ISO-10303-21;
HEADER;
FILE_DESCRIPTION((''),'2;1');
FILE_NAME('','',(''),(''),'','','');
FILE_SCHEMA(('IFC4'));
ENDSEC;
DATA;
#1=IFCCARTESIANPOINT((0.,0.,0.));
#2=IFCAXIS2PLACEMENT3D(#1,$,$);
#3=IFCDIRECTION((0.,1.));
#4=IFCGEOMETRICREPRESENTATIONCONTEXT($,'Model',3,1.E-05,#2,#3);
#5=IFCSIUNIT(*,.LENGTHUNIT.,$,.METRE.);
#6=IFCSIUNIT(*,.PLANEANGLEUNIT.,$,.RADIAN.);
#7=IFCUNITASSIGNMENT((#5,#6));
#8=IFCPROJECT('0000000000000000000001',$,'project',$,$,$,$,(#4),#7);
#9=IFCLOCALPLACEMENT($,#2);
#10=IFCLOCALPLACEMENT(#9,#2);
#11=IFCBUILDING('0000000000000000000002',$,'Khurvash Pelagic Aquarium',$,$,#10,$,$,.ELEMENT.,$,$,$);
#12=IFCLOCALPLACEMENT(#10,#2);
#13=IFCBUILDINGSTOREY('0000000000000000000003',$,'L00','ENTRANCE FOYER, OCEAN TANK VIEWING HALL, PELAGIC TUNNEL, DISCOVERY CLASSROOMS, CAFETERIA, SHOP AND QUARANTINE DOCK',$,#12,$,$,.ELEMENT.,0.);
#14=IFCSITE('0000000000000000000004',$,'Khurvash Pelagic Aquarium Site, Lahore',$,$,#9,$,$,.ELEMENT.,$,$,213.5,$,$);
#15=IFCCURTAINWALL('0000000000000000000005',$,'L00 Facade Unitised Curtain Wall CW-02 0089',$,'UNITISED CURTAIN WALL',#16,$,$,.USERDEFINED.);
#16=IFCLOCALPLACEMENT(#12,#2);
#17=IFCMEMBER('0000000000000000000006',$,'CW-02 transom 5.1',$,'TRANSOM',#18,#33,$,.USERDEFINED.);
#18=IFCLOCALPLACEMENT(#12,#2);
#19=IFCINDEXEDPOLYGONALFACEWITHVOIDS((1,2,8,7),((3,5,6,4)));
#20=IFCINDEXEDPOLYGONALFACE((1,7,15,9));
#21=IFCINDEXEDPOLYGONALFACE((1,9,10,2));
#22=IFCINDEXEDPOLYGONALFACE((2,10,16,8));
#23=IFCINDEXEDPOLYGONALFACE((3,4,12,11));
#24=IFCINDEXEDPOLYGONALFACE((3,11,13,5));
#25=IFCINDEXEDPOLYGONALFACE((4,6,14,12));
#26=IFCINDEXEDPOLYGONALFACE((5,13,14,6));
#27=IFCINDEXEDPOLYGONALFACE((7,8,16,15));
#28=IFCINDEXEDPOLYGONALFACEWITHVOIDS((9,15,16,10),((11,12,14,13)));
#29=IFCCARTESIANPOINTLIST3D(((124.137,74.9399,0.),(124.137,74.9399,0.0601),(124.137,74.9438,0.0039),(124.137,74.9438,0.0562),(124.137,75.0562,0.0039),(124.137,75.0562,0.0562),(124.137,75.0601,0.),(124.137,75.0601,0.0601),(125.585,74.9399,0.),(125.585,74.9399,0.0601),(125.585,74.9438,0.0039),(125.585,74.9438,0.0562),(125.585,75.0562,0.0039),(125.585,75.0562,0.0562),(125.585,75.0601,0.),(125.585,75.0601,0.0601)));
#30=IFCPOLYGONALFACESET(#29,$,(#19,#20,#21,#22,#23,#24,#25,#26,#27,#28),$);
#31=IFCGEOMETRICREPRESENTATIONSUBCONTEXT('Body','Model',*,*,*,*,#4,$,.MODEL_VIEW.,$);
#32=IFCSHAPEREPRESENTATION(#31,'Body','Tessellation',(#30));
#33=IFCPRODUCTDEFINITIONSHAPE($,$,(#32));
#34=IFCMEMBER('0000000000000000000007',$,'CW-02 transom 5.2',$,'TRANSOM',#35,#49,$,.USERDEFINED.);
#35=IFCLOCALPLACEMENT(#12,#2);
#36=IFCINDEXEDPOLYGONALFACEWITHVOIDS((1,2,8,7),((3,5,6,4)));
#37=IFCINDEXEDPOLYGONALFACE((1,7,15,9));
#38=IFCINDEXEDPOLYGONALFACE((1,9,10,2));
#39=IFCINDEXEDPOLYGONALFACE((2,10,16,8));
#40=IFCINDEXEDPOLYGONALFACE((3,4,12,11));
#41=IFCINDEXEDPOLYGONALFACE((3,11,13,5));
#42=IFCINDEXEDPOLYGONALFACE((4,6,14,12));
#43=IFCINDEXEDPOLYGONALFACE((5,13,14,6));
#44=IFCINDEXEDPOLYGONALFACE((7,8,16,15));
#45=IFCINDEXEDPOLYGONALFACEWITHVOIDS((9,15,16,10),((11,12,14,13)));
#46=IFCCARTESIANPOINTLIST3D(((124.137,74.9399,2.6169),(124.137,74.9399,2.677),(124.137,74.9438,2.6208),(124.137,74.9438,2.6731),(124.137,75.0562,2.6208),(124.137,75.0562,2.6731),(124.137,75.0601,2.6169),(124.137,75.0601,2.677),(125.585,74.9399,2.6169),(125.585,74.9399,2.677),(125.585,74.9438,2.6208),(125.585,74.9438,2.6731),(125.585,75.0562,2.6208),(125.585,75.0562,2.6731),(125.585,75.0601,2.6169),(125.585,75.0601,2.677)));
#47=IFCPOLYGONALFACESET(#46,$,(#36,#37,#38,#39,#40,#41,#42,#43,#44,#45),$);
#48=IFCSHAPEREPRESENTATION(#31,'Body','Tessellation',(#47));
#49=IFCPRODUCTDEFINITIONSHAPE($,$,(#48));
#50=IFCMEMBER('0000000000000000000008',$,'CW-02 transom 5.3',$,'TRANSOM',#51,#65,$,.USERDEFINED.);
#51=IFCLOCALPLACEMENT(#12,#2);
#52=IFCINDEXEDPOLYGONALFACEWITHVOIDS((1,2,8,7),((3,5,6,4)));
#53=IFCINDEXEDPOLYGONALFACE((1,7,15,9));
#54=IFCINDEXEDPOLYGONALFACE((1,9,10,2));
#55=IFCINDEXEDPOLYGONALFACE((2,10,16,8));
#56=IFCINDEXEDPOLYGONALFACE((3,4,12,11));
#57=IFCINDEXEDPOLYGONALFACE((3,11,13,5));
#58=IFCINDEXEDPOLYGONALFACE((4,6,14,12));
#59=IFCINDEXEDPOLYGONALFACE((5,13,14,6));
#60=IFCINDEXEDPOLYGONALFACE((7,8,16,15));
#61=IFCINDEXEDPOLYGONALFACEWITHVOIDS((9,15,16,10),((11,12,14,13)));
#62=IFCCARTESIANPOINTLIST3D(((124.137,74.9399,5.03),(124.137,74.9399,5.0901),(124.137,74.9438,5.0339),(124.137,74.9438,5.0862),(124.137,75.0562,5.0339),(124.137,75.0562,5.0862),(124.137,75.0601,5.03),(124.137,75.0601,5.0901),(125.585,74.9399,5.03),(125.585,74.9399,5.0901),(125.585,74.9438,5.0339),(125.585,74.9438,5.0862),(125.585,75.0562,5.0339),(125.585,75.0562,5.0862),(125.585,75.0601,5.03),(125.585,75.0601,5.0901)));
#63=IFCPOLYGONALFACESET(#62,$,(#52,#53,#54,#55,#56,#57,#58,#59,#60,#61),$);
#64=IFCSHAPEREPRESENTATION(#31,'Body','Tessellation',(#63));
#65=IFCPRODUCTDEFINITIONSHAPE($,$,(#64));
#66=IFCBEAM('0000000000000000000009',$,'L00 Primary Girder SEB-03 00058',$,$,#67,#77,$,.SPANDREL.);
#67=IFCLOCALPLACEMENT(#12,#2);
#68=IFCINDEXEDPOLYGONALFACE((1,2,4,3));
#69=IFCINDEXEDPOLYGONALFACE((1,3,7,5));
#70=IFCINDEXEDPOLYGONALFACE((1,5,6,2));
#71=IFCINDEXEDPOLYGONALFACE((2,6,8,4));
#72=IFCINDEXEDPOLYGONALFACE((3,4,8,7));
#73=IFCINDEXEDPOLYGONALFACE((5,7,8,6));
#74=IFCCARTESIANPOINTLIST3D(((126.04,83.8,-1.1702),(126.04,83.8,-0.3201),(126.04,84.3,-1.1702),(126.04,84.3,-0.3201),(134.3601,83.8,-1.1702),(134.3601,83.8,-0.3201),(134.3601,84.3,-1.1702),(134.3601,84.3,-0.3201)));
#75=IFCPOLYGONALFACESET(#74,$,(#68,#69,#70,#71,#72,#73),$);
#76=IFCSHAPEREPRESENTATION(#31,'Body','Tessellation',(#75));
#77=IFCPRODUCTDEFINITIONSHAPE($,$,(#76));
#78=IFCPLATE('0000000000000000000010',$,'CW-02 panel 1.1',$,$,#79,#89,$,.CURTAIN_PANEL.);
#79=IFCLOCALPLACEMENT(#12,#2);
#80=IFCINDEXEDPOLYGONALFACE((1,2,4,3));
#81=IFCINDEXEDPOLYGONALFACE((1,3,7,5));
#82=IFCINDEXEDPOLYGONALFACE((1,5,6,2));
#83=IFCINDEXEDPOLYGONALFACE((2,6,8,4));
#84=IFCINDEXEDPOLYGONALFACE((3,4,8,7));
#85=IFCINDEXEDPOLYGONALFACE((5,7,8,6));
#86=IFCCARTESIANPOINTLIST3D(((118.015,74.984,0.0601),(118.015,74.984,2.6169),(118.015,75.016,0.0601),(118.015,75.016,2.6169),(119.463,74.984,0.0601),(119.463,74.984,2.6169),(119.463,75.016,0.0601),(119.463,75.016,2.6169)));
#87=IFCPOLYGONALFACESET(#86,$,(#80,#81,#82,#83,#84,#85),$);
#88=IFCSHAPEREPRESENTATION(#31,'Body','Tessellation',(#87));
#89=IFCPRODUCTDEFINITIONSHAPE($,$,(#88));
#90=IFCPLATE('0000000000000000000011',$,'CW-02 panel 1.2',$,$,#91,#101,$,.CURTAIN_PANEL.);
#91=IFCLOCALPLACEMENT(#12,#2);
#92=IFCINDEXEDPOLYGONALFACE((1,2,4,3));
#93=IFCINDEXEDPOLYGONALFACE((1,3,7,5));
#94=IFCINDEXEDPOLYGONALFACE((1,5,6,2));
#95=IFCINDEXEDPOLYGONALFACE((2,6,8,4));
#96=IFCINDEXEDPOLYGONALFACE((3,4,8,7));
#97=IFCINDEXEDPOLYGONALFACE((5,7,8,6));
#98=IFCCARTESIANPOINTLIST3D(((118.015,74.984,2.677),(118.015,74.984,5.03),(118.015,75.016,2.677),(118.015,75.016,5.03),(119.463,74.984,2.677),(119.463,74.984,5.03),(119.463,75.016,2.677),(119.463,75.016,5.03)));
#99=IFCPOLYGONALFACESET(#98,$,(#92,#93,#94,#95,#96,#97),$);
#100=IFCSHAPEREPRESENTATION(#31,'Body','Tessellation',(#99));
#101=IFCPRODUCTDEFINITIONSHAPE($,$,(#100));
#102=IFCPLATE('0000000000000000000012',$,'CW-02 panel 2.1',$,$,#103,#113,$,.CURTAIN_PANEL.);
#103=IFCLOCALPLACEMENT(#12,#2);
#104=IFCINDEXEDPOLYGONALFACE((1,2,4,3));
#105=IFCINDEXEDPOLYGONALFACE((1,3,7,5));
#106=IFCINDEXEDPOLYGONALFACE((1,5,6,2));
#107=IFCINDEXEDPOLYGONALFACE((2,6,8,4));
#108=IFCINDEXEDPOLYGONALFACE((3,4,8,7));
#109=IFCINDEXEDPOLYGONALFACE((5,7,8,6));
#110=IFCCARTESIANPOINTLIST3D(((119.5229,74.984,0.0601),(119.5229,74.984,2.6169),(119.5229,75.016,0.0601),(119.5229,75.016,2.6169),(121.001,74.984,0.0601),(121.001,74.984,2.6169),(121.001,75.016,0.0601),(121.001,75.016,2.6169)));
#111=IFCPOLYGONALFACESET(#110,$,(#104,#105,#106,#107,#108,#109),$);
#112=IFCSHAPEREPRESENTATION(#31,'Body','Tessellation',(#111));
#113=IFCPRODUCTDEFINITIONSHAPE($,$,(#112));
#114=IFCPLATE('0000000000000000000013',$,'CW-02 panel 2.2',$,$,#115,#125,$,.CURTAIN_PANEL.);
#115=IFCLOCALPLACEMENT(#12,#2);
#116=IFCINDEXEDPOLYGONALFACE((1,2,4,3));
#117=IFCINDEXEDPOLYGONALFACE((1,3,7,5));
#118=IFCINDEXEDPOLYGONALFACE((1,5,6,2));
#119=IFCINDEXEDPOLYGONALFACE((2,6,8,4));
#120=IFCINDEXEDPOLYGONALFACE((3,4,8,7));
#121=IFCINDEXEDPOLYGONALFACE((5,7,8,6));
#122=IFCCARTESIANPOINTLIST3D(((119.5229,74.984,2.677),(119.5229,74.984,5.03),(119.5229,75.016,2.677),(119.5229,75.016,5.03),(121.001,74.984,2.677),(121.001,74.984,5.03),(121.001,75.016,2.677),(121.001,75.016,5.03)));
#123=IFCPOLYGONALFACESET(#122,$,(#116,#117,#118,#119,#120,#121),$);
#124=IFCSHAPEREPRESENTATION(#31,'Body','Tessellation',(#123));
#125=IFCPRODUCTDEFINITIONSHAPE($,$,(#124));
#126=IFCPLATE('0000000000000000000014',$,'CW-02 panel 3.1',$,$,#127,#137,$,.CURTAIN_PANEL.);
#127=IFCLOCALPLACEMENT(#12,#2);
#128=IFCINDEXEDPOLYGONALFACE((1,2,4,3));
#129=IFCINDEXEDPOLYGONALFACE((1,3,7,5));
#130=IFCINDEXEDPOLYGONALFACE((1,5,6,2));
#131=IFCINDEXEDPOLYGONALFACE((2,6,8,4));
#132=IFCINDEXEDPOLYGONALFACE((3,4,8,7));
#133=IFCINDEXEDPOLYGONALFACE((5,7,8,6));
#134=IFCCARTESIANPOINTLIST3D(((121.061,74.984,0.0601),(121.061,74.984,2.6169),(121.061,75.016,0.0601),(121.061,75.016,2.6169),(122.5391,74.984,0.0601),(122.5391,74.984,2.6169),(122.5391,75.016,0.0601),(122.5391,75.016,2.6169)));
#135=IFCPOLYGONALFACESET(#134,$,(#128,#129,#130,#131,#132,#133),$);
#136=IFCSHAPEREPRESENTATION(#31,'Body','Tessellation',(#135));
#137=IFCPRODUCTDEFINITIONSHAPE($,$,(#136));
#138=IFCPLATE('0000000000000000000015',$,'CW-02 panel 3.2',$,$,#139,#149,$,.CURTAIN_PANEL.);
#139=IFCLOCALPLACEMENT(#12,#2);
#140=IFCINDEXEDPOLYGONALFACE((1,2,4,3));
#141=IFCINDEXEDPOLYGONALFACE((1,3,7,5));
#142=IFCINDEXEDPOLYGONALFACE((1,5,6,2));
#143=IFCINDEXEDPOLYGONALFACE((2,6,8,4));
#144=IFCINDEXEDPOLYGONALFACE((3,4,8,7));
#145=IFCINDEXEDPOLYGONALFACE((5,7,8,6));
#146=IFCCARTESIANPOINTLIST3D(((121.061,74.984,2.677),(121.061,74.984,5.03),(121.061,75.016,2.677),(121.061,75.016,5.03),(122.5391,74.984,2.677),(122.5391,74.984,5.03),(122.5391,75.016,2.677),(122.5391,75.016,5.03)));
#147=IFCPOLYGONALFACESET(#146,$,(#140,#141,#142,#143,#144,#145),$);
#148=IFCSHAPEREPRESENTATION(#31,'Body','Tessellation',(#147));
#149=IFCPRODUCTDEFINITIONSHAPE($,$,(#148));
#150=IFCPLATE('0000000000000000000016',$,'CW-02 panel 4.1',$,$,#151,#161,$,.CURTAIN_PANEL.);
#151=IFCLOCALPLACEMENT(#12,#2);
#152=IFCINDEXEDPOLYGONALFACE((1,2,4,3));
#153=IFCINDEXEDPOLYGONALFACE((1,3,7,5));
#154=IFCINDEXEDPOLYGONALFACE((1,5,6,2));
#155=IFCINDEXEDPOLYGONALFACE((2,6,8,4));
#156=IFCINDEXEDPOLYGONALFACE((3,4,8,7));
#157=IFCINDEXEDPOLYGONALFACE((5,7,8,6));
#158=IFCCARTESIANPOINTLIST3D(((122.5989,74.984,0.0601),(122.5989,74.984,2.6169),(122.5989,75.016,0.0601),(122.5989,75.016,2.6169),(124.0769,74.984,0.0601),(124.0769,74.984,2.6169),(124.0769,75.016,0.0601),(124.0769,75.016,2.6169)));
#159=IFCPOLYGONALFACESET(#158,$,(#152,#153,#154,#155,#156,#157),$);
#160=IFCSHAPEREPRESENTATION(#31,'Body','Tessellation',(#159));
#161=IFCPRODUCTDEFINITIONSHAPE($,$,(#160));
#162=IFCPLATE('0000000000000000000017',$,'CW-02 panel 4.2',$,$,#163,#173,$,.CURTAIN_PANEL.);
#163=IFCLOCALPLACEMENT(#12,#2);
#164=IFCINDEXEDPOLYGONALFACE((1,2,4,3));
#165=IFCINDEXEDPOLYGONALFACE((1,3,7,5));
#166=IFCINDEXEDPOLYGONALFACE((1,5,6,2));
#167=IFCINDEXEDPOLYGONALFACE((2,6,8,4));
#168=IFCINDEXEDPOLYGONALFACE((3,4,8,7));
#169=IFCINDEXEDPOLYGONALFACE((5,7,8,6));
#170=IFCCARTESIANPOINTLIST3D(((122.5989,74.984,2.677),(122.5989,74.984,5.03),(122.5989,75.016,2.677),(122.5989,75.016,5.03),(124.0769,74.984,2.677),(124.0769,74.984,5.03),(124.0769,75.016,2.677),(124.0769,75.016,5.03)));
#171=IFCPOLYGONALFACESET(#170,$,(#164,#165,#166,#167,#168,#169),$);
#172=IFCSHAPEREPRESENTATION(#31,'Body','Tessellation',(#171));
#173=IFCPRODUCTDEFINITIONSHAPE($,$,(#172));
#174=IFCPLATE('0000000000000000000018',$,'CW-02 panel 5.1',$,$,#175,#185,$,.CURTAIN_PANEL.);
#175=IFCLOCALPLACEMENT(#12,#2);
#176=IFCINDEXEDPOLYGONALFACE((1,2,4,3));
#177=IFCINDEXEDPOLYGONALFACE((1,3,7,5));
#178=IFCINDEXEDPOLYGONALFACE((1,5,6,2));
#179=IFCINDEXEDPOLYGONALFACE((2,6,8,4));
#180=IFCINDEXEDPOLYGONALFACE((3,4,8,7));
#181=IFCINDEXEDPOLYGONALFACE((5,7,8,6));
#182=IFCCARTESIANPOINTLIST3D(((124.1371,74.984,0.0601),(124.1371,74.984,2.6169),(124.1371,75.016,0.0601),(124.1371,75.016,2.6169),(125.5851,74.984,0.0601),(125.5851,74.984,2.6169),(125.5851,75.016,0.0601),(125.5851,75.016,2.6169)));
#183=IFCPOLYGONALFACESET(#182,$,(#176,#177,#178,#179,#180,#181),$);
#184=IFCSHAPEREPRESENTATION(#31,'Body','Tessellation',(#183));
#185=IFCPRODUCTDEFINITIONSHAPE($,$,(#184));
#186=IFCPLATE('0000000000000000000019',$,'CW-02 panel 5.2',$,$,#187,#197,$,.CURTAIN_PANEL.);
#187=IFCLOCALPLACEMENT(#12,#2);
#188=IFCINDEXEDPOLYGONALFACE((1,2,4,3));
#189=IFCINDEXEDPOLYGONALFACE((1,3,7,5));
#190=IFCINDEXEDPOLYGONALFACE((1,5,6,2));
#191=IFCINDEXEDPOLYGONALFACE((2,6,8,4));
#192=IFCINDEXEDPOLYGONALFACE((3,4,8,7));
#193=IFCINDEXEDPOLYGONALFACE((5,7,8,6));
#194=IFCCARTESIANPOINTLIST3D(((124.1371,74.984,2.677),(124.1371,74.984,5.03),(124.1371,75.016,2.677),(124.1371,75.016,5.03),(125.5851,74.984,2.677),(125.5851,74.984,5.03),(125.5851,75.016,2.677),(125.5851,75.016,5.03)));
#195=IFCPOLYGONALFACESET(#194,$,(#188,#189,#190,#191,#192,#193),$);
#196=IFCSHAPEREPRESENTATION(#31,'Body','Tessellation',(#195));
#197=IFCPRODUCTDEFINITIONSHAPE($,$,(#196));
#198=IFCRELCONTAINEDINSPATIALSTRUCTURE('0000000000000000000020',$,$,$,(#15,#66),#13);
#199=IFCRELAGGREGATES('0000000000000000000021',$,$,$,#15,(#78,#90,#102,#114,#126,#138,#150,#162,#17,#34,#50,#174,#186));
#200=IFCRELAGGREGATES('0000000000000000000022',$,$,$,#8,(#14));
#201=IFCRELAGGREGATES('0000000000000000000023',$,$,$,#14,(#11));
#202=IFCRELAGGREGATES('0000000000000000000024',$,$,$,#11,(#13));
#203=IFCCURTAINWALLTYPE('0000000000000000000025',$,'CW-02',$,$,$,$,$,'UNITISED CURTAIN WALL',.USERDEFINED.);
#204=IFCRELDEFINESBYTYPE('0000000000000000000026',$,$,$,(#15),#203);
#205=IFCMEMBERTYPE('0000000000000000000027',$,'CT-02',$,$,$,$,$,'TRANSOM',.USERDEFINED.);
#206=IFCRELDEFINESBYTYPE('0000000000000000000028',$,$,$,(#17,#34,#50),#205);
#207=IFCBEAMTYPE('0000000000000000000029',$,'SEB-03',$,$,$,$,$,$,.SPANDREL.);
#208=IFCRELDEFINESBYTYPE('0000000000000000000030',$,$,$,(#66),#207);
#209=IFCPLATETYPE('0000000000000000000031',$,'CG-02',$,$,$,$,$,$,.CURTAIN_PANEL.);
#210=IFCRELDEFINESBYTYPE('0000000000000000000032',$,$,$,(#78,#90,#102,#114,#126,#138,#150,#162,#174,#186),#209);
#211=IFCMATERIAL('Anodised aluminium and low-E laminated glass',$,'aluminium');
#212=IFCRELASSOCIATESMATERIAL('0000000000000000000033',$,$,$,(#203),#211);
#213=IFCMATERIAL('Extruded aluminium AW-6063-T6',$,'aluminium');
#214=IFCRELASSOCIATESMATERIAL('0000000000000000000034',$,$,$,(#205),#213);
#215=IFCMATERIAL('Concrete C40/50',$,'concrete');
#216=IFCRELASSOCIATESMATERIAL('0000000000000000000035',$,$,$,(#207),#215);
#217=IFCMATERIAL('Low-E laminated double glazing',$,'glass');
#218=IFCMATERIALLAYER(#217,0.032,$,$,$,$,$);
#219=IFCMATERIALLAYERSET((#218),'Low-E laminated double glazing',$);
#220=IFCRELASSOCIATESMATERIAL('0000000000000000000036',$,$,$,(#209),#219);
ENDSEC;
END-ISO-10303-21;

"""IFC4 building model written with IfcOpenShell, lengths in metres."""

from ifc_helpers import new_model, si_unit, direction, frame, origin, origin_2d, place, context, subcontext, project, spatial, rectangle, hollow_rectangle, extrude, material, layer, layer_set, material_profile, profile_set, type_object, element, aggregate, save


model = new_model("IFC4")

# Units and contexts
model_context = context("Model", 3, precision=1e-05, world=origin(), true_north=direction((0.0, 1.0)))
body_context = subcontext(model_context, "Body", "Model", "MODEL_VIEW")
ifc_project = project(units=[si_unit("LENGTHUNIT", "METRE"), si_unit("PLANEANGLEUNIT", "RADIAN")], contexts=[model_context])

# Site, building, storey
site_placement = place(None, origin())
site = spatial("IfcSite", under=ifc_project, at=site_placement, Name="Khurvash Pelagic Aquarium Site, Lahore", CompositionType="ELEMENT", RefElevation=213.5)
building_placement = place(site_placement, origin())
building = spatial("IfcBuilding", under=site, at=building_placement, Name="Khurvash Pelagic Aquarium", CompositionType="ELEMENT")
storey_placement = place(building_placement, origin())
storey = spatial("IfcBuildingStorey", under=building, at=storey_placement, Name="L00", Description="ENTRANCE FOYER, OCEAN TANK VIEWING HALL, PELAGIC TUNNEL, DISCOVERY CLASSROOMS, CAFETERIA, SHOP AND QUARANTINE DOCK", CompositionType="ELEMENT", Elevation=0.0)

# Shared definitions
ifc_material_1 = material(Name="Concrete C40/50", Category="concrete")

# Curtain wall, members
ifc_material_2 = material(Name="Anodised aluminium and low-E laminated glass", Category="aluminium")
curtain_wall_type = type_object("IfcCurtainWallType", Name="CW-02", ElementType="UNITISED CURTAIN WALL", PredefinedType="USERDEFINED", material=ifc_material_2)
curtain_wall_placement = place(storey_placement, origin())
curtain_wall = element("IfcCurtainWall", 1, at=curtain_wall_placement, inside=storey, type_object=curtain_wall_type, Name="L00 Facade Unitised Curtain Wall CW-02 0089", ObjectType="UNITISED CURTAIN WALL", PredefinedType="USERDEFINED")
ifc_material_3 = material(Name="Extruded aluminium AW-6063-T6", Category="aluminium")
ifc_material_profile_1 = material_profile(ifc_material_3, hollow_rectangle(XDim=0.1201, YDim=0.0601, WallThickness=0.0039, at=origin_2d()), Name="CWT120X60X4")
ifc_profile_set_1 = profile_set([ifc_material_profile_1], Name="Extruded aluminium AW-6063-T6")
member_type_1 = type_object("IfcMemberType", Name="CT-02", ElementType="TRANSOM", PredefinedType="USERDEFINED", material=ifc_profile_set_1)
member_1_placement = place(storey_placement, frame((124.137, 75.0, 0.03), z_axis=(1.0, 0.0, 0.0), x_axis=(0.0, 1.0, 0.0)))
member_1 = element("IfcMember", 2, at=member_1_placement, type_object=member_type_1, Name="CW-02 transom 5.1", ObjectType="TRANSOM", PredefinedType="USERDEFINED", context=body_context, shape_type="SweptSolid", body=[
    extrude(hollow_rectangle(XDim=0.1201, YDim=0.0601, WallThickness=0.0039, at=origin_2d()), origin(), (0.0, 0.0, 1.0), 1.448),
])
member_2_placement = place(storey_placement, frame((124.137, 75.0, 2.647), z_axis=(1.0, 0.0, 0.0), x_axis=(0.0, 1.0, 0.0)))
member_2 = element("IfcMember", 3, at=member_2_placement, type_object=member_type_1, Name="CW-02 transom 5.2", ObjectType="TRANSOM", PredefinedType="USERDEFINED", context=body_context, shape_type="SweptSolid", body=[
    extrude(hollow_rectangle(XDim=0.1201, YDim=0.0601, WallThickness=0.0039, at=origin_2d()), origin(), (0.0, 0.0, 1.0), 1.448),
])
member_3_placement = place(storey_placement, frame((124.137, 75.0, 5.0601), z_axis=(1.0, 0.0, 0.0), x_axis=(0.0, 1.0, 0.0)))
member_3 = element("IfcMember", 4, at=member_3_placement, type_object=member_type_1, Name="CW-02 transom 5.3", ObjectType="TRANSOM", PredefinedType="USERDEFINED", context=body_context, shape_type="SweptSolid", body=[
    extrude(hollow_rectangle(XDim=0.1201, YDim=0.0601, WallThickness=0.0039, at=origin_2d()), origin(), (0.0, 0.0, 1.0), 1.448),
])

# Beam
ifc_material_profile_2 = material_profile(ifc_material_1, rectangle(XDim=0.5, YDim=0.8501, at=origin_2d()), Name="RC500X850")
ifc_profile_set_2 = profile_set([ifc_material_profile_2], Name="Concrete C40/50")
beam_type_1 = type_object("IfcBeamType", Name="SEB-03", PredefinedType="SPANDREL", material=ifc_profile_set_2)
beam_1_placement = place(storey_placement, frame((126.04, 84.05, -0.7451), z_axis=(1.0, 0.0, 0.0), x_axis=(0.0, 1.0, 0.0)))
element("IfcBeam", 5, at=beam_1_placement, inside=storey, type_object=beam_type_1, Name="L00 Primary Girder SEB-03 00058", PredefinedType="SPANDREL", context=body_context, shape_type="SweptSolid", body=[
    extrude(rectangle(XDim=0.5, YDim=0.8501, at=origin_2d()), origin(), (0.0, 0.0, 1.0), 8.3201),
])

# Plates
ifc_material_4 = material(Name="Low-E laminated double glazing", Category="glass")
ifc_layer = layer(ifc_material_4, 0.032)
ifc_layer_set = layer_set([ifc_layer], Name="Low-E laminated double glazing")
plate_type = type_object("IfcPlateType", Name="CG-02", PredefinedType="CURTAIN_PANEL", material=ifc_layer_set)
plate_1_placement = place(storey_placement, frame((118.739, 75.0, 0.0601), z_axis=(0.0, 0.0, 1.0), x_axis=(1.0, 0.0, 0.0)))
plate_1 = element("IfcPlate", 6, at=plate_1_placement, type_object=plate_type, Name="CW-02 panel 1.1", PredefinedType="CURTAIN_PANEL", context=body_context, shape_type="SweptSolid", body=[
    extrude(rectangle(XDim=1.448, YDim=0.032, at=origin_2d()), origin(), (0.0, 0.0, 1.0), 2.5569),
])
plate_2_placement = place(storey_placement, frame((118.739, 75.0, 2.677), z_axis=(0.0, 0.0, 1.0), x_axis=(1.0, 0.0, 0.0)))
plate_2 = element("IfcPlate", 7, at=plate_2_placement, type_object=plate_type, Name="CW-02 panel 1.2", PredefinedType="CURTAIN_PANEL", context=body_context, shape_type="SweptSolid", body=[
    extrude(rectangle(XDim=1.448, YDim=0.032, at=origin_2d()), origin(), (0.0, 0.0, 1.0), 2.353),
])
plate_3_placement = place(storey_placement, frame((120.262, 75.0, 0.0601), z_axis=(0.0, 0.0, 1.0), x_axis=(1.0, 0.0, 0.0)))
plate_3 = element("IfcPlate", 8, at=plate_3_placement, type_object=plate_type, Name="CW-02 panel 2.1", PredefinedType="CURTAIN_PANEL", context=body_context, shape_type="SweptSolid", body=[
    extrude(rectangle(XDim=1.478, YDim=0.032, at=origin_2d()), origin(), (0.0, 0.0, 1.0), 2.5569),
])
plate_4_placement = place(storey_placement, frame((120.262, 75.0, 2.677), z_axis=(0.0, 0.0, 1.0), x_axis=(1.0, 0.0, 0.0)))
plate_4 = element("IfcPlate", 9, at=plate_4_placement, type_object=plate_type, Name="CW-02 panel 2.2", PredefinedType="CURTAIN_PANEL", context=body_context, shape_type="SweptSolid", body=[
    extrude(rectangle(XDim=1.478, YDim=0.032, at=origin_2d()), origin(), (0.0, 0.0, 1.0), 2.353),
])
plate_5_placement = place(storey_placement, frame((121.8, 75.0, 0.0601), z_axis=(0.0, 0.0, 1.0), x_axis=(1.0, 0.0, 0.0)))
plate_5 = element("IfcPlate", 10, at=plate_5_placement, type_object=plate_type, Name="CW-02 panel 3.1", PredefinedType="CURTAIN_PANEL", context=body_context, shape_type="SweptSolid", body=[
    extrude(rectangle(XDim=1.478, YDim=0.032, at=origin_2d()), origin(), (0.0, 0.0, 1.0), 2.5569),
])
plate_6_placement = place(storey_placement, frame((121.8, 75.0, 2.677), z_axis=(0.0, 0.0, 1.0), x_axis=(1.0, 0.0, 0.0)))
plate_6 = element("IfcPlate", 11, at=plate_6_placement, type_object=plate_type, Name="CW-02 panel 3.2", PredefinedType="CURTAIN_PANEL", context=body_context, shape_type="SweptSolid", body=[
    extrude(rectangle(XDim=1.478, YDim=0.032, at=origin_2d()), origin(), (0.0, 0.0, 1.0), 2.353),
])
plate_7_placement = place(storey_placement, frame((123.3379, 75.0, 0.0601), z_axis=(0.0, 0.0, 1.0), x_axis=(1.0, 0.0, 0.0)))
plate_7 = element("IfcPlate", 12, at=plate_7_placement, type_object=plate_type, Name="CW-02 panel 4.1", PredefinedType="CURTAIN_PANEL", context=body_context, shape_type="SweptSolid", body=[
    extrude(rectangle(XDim=1.478, YDim=0.032, at=origin_2d()), origin(), (0.0, 0.0, 1.0), 2.5569),
])
plate_8_placement = place(storey_placement, frame((123.3379, 75.0, 2.677), z_axis=(0.0, 0.0, 1.0), x_axis=(1.0, 0.0, 0.0)))
plate_8 = element("IfcPlate", 13, at=plate_8_placement, type_object=plate_type, Name="CW-02 panel 4.2", PredefinedType="CURTAIN_PANEL", context=body_context, shape_type="SweptSolid", body=[
    extrude(rectangle(XDim=1.478, YDim=0.032, at=origin_2d()), origin(), (0.0, 0.0, 1.0), 2.353),
])
plate_9_placement = place(storey_placement, frame((124.8611, 75.0, 0.0601), z_axis=(0.0, 0.0, 1.0), x_axis=(1.0, 0.0, 0.0)))
plate_9 = element("IfcPlate", 14, at=plate_9_placement, type_object=plate_type, Name="CW-02 panel 5.1", PredefinedType="CURTAIN_PANEL", context=body_context, shape_type="SweptSolid", body=[
    extrude(rectangle(XDim=1.448, YDim=0.032, at=origin_2d()), origin(), (0.0, 0.0, 1.0), 2.5569),
])
plate_10_placement = place(storey_placement, frame((124.8611, 75.0, 2.677), z_axis=(0.0, 0.0, 1.0), x_axis=(1.0, 0.0, 0.0)))
plate_10 = element("IfcPlate", 15, at=plate_10_placement, type_object=plate_type, Name="CW-02 panel 5.2", PredefinedType="CURTAIN_PANEL", context=body_context, shape_type="SweptSolid", body=[
    extrude(rectangle(XDim=1.448, YDim=0.032, at=origin_2d()), origin(), (0.0, 0.0, 1.0), 2.353),
])
aggregate(curtain_wall, [plate_1, plate_2, plate_3, plate_4, plate_5, plate_6, plate_7, plate_8, member_1, member_2, member_3, plate_9, plate_10])

save(model, "model.ifc")
